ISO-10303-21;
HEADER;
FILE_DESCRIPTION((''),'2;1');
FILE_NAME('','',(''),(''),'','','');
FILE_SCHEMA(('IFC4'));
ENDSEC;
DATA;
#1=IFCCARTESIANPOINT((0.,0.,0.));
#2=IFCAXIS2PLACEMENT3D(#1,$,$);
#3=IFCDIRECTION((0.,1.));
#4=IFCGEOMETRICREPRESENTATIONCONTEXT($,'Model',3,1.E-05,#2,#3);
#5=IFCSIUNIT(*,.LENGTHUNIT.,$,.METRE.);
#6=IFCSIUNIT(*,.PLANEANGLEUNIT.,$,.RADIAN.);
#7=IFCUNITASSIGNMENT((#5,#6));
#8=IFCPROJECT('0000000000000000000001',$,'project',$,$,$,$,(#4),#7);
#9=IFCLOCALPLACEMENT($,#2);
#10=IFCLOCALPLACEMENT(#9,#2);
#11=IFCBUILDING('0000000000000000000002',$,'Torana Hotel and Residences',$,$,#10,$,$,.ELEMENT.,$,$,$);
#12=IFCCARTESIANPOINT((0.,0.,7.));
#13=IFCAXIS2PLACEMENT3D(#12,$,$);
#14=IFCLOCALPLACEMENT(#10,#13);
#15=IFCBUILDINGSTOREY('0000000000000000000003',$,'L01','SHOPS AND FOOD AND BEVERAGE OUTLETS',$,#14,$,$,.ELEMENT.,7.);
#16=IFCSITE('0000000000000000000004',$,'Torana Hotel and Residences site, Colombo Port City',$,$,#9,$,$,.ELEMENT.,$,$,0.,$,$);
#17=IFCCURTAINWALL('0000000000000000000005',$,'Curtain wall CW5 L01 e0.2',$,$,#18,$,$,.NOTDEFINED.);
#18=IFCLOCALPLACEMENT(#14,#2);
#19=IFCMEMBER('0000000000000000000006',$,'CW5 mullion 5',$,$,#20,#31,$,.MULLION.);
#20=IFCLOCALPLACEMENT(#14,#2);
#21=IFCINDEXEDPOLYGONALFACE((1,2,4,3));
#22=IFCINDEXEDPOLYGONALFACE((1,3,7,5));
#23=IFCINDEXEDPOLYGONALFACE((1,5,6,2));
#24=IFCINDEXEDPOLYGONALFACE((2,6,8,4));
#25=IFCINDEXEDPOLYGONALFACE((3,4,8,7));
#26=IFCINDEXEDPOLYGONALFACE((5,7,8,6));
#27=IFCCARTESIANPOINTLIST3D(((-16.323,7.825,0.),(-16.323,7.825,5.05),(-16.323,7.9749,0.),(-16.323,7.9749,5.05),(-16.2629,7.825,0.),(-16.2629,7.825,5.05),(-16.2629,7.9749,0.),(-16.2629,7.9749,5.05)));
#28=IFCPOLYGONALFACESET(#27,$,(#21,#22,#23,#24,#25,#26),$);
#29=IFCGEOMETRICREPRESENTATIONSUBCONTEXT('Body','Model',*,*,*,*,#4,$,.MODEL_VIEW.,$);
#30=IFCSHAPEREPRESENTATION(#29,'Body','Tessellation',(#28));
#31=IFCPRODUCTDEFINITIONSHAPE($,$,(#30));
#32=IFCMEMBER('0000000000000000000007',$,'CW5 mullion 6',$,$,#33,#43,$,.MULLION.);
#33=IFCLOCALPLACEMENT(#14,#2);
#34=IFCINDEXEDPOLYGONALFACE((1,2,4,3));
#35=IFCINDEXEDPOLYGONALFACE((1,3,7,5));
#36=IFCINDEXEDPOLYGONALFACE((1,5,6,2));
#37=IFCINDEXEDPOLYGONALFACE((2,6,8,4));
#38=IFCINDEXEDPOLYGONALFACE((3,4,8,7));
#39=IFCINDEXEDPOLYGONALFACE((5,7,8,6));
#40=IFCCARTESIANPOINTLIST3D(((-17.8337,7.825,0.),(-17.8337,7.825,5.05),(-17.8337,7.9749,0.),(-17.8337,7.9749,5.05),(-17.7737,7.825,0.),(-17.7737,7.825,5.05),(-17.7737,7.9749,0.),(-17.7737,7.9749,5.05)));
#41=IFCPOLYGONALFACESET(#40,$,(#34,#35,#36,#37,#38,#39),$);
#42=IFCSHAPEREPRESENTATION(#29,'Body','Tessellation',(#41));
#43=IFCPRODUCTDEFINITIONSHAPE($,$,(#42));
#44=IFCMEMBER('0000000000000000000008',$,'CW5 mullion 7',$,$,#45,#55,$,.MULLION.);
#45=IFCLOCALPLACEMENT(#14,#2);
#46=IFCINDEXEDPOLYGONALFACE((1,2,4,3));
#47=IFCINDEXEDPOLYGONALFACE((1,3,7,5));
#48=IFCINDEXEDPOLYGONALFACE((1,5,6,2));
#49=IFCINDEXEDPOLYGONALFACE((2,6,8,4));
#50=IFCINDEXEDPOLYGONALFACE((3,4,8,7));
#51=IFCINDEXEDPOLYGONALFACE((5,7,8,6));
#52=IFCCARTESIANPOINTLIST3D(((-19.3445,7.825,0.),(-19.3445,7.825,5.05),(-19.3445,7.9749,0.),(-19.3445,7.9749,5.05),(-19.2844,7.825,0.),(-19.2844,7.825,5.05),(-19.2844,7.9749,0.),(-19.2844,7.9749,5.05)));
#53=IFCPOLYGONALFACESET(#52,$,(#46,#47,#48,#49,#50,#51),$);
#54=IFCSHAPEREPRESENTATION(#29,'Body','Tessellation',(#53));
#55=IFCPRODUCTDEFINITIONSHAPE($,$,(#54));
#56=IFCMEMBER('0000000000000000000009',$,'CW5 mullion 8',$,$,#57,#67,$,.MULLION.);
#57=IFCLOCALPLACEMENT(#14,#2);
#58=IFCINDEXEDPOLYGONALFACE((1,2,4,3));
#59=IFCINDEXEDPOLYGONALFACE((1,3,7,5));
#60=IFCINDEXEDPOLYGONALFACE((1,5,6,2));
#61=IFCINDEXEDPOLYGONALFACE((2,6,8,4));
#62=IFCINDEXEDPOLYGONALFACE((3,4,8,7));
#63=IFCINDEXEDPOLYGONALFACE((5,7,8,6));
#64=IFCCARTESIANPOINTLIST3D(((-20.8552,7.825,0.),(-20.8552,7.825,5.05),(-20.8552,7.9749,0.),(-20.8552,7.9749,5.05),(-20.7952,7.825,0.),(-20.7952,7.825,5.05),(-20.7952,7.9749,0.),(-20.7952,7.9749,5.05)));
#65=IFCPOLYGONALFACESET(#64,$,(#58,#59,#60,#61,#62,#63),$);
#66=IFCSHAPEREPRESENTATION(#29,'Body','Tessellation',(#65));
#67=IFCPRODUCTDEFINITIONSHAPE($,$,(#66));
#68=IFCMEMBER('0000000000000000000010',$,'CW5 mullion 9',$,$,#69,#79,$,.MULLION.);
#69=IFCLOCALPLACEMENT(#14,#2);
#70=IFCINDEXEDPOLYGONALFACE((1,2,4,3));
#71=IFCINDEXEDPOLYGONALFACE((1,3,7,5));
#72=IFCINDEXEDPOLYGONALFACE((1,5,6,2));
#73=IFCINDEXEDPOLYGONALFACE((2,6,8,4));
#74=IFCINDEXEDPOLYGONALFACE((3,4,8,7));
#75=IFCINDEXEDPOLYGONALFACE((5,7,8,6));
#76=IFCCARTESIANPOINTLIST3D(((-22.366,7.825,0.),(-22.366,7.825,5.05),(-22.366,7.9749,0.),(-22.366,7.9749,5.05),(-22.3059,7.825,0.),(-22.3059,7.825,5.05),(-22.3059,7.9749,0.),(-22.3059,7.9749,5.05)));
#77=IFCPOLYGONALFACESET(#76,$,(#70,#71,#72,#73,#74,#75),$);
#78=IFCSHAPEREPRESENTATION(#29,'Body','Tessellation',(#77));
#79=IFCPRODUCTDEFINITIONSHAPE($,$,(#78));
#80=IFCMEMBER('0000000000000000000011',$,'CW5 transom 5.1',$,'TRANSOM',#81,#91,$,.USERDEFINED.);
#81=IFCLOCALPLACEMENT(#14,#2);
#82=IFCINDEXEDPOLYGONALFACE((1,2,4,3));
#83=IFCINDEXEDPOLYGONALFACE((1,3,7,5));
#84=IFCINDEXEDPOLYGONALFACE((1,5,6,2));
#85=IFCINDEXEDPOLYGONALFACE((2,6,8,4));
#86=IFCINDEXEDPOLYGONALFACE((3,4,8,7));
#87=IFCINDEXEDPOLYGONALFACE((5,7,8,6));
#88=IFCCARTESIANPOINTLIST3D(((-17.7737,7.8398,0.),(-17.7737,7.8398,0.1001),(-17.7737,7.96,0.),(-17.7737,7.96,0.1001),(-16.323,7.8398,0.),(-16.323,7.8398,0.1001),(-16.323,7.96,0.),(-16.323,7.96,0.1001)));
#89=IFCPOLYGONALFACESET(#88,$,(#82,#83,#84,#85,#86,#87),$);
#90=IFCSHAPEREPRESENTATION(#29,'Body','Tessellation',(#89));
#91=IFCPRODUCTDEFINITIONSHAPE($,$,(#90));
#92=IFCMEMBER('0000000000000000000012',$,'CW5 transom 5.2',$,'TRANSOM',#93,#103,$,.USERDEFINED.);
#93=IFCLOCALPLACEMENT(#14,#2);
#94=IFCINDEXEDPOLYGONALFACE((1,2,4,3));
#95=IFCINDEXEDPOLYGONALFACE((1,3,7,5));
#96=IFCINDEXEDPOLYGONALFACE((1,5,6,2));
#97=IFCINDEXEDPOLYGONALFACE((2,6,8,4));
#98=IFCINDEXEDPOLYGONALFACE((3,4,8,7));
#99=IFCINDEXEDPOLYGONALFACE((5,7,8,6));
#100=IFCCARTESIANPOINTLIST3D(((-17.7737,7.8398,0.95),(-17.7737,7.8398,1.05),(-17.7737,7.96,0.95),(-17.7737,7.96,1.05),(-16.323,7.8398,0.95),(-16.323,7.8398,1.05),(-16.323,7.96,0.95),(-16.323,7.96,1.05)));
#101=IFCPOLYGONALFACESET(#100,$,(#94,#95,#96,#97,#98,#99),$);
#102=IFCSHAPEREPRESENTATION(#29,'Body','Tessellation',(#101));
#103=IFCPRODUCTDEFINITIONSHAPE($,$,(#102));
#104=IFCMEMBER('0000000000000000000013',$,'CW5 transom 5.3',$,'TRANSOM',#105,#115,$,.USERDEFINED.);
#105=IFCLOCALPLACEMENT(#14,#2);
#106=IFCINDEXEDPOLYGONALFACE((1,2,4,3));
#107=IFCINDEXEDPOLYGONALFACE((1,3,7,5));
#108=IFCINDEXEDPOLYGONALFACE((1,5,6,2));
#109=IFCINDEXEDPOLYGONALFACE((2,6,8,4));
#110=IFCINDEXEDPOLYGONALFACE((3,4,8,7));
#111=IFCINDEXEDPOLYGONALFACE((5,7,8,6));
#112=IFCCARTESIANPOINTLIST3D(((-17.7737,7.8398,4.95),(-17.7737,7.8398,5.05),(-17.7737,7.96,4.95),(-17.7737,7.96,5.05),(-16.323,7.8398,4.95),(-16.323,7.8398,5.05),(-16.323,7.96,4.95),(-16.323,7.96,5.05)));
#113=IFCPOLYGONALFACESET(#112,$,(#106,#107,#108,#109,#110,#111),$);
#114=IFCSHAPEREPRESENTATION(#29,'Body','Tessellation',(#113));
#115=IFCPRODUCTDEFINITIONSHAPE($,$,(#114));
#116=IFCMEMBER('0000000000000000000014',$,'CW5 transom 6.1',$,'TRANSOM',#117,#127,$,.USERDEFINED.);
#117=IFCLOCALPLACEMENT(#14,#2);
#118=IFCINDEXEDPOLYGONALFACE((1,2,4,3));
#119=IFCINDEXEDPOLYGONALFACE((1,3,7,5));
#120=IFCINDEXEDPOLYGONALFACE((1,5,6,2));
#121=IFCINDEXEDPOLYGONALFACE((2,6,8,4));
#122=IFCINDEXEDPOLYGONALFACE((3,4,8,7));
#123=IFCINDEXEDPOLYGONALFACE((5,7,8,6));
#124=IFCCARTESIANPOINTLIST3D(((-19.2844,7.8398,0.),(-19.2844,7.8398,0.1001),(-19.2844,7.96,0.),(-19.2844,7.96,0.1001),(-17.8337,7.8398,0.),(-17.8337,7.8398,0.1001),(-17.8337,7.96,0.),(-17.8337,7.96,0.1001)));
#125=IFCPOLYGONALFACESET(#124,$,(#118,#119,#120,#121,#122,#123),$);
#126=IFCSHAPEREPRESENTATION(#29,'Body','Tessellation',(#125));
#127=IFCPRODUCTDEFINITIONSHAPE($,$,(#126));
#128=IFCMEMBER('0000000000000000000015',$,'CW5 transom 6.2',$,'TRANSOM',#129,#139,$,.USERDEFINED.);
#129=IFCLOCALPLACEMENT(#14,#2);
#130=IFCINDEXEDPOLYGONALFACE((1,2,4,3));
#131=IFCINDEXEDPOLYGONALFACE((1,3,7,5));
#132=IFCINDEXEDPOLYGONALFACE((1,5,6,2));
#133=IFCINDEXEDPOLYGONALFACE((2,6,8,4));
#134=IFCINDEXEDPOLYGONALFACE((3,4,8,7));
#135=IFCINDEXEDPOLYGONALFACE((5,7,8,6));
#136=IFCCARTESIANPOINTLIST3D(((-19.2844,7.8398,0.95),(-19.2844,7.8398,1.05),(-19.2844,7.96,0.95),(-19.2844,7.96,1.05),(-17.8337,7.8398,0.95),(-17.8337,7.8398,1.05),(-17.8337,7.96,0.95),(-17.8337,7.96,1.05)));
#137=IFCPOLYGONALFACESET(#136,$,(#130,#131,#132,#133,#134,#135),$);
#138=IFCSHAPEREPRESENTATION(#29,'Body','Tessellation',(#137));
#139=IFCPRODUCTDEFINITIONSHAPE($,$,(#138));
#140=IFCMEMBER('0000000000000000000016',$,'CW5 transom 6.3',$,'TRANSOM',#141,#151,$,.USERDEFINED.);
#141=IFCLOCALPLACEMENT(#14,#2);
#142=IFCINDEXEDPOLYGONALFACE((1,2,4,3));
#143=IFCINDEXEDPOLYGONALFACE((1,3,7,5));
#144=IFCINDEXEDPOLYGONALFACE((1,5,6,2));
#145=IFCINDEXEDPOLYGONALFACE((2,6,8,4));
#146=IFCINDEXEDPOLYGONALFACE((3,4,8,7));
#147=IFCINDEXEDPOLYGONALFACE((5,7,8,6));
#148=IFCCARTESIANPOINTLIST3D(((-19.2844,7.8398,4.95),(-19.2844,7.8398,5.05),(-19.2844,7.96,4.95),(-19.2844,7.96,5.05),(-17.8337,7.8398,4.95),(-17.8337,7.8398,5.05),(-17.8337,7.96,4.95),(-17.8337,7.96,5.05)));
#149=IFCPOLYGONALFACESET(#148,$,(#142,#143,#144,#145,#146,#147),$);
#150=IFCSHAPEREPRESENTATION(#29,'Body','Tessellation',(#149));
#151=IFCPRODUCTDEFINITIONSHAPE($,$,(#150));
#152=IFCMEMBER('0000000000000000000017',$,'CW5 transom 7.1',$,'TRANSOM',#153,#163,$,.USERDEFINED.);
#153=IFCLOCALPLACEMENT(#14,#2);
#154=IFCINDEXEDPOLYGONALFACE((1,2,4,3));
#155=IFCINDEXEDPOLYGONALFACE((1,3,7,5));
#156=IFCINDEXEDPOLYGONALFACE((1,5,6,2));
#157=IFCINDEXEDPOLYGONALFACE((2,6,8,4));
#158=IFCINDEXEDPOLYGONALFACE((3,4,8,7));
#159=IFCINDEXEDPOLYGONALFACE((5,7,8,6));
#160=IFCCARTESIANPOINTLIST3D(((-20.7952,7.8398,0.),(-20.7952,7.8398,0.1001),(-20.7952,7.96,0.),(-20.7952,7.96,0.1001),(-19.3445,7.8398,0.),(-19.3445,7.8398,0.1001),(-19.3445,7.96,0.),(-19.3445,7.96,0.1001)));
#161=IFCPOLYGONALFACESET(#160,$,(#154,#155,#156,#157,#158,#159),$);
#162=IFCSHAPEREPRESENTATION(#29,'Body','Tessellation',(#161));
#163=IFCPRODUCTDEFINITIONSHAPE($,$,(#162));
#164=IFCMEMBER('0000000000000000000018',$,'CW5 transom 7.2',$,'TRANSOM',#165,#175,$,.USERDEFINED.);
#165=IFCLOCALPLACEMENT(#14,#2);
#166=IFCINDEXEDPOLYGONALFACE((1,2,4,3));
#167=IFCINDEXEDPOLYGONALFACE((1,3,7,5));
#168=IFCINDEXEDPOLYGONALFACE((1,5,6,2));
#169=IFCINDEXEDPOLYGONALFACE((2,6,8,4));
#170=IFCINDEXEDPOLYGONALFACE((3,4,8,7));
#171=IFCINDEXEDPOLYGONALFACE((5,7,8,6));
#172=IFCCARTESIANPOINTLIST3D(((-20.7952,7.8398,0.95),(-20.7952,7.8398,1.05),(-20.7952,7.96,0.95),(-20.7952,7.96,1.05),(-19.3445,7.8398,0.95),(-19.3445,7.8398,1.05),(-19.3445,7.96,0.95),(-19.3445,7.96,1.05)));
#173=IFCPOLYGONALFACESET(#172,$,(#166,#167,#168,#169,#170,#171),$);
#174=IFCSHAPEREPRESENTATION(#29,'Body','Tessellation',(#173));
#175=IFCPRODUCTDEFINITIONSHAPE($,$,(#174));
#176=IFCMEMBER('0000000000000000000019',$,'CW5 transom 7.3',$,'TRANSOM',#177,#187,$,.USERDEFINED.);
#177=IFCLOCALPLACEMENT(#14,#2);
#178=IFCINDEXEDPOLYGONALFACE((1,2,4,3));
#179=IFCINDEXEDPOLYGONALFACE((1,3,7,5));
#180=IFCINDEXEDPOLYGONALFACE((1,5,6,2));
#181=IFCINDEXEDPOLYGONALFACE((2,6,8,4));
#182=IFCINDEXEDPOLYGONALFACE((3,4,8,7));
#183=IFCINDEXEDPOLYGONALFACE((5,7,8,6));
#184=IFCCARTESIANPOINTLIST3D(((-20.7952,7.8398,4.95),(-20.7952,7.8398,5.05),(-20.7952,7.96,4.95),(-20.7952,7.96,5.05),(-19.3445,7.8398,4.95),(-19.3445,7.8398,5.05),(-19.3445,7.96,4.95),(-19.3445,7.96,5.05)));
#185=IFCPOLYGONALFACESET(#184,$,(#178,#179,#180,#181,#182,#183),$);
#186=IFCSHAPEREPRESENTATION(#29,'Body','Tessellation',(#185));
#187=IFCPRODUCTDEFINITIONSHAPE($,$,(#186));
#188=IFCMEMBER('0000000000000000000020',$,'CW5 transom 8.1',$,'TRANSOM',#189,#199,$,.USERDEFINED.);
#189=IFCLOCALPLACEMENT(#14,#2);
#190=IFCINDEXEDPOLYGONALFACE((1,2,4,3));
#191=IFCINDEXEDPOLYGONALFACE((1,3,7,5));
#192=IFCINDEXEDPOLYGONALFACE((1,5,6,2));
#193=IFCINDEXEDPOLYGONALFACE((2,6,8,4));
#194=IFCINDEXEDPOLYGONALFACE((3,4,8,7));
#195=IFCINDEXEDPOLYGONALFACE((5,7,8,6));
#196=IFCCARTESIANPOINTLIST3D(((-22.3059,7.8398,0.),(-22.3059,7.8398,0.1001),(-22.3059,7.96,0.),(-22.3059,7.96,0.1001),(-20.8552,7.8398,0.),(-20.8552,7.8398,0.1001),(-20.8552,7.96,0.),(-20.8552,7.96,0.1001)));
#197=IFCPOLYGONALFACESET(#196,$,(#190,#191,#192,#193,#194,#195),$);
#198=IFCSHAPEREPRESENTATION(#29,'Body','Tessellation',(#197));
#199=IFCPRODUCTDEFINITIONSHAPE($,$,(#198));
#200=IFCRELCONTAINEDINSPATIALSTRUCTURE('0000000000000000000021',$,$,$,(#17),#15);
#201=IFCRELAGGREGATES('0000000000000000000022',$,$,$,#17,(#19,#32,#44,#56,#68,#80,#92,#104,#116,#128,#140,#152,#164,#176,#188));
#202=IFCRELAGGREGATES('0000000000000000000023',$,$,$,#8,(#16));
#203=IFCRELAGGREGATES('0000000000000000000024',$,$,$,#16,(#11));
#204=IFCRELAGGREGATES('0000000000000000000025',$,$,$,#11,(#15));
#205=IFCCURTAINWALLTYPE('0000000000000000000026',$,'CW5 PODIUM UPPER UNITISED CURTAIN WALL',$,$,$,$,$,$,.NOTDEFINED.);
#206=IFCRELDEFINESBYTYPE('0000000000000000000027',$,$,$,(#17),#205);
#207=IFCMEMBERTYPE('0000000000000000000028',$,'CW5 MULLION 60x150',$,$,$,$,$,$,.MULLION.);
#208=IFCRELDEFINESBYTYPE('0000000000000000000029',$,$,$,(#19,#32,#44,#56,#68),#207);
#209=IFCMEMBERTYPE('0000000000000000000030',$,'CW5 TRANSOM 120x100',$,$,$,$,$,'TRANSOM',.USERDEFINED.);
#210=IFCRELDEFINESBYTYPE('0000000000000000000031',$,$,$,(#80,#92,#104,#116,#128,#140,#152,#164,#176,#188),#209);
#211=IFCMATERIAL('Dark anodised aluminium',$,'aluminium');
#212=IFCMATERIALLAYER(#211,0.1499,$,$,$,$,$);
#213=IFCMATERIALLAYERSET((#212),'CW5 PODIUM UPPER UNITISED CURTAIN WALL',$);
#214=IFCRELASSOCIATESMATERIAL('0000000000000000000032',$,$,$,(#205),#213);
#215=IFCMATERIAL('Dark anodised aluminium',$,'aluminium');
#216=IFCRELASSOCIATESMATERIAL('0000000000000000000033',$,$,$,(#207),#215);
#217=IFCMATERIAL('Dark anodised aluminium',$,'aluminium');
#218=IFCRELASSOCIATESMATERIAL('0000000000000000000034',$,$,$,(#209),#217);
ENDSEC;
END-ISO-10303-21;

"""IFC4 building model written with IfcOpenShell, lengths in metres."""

from ifc_helpers import new_model, si_unit, direction, frame, origin, origin_2d, place, context, subcontext, project, spatial, rectangle, extrude, material, layer, layer_set, material_profile, profile_set, type_object, element, aggregate, save


model = new_model("IFC4")

# Units and contexts
model_context = context("Model", 3, precision=1e-05, world=origin(), true_north=direction((0.0, 1.0)))
body_context = subcontext(model_context, "Body", "Model", "MODEL_VIEW")
ifc_project = project(units=[si_unit("LENGTHUNIT", "METRE"), si_unit("PLANEANGLEUNIT", "RADIAN")], contexts=[model_context])

# Site, building, storey
site_placement = place(None, origin())
site = spatial("IfcSite", under=ifc_project, at=site_placement, Name="Torana Hotel and Residences site, Colombo Port City", CompositionType="ELEMENT", RefElevation=0.0)
building_placement = place(site_placement, origin())
building = spatial("IfcBuilding", under=site, at=building_placement, Name="Torana Hotel and Residences", CompositionType="ELEMENT")
storey_placement = place(building_placement, frame((0.0, 0.0, 7.0)))
storey = spatial("IfcBuildingStorey", under=building, at=storey_placement, Name="L01", Description="SHOPS AND FOOD AND BEVERAGE OUTLETS", CompositionType="ELEMENT", Elevation=7.0)

# Curtain wall, members
ifc_material_1 = material(Name="Dark anodised aluminium", Category="aluminium")
ifc_layer_1 = layer(ifc_material_1, 0.1499)
ifc_layer_set_1 = layer_set([ifc_layer_1], Name="CW5 PODIUM UPPER UNITISED CURTAIN WALL")
curtain_wall_type = type_object("IfcCurtainWallType", Name="CW5 PODIUM UPPER UNITISED CURTAIN WALL", PredefinedType="NOTDEFINED", material=ifc_layer_set_1)
curtain_wall_placement = place(storey_placement, origin())
curtain_wall = element("IfcCurtainWall", 1, at=curtain_wall_placement, inside=storey, type_object=curtain_wall_type, Name="Curtain wall CW5 L01 e0.2", PredefinedType="NOTDEFINED")
ifc_material_2 = material(Name="Dark anodised aluminium", Category="aluminium")
ifc_material_profile_1 = material_profile(ifc_material_2, rectangle(XDim=0.1499, YDim=0.0601, at=origin_2d()), Name="CW5 MULLION 60x150")
ifc_profile_set_1 = profile_set([ifc_material_profile_1], Name="Dark anodised aluminium")
member_type_1 = type_object("IfcMemberType", Name="CW5 MULLION 60x150", PredefinedType="MULLION", material=ifc_profile_set_1)
member_1_placement = place(storey_placement, frame((-16.293, 7.8999, 0.0), z_axis=(0.0, 0.0, 1.0), x_axis=(0.0, -1.0, 0.0)))
member_1 = element("IfcMember", 2, at=member_1_placement, type_object=member_type_1, Name="CW5 mullion 5", PredefinedType="MULLION", context=body_context, shape_type="SweptSolid", body=[
    extrude(rectangle(XDim=0.1499, YDim=0.0601, at=origin_2d()), origin(), (0.0, 0.0, 1.0), 5.05),
])
member_2_placement = place(storey_placement, frame((-17.8037, 7.8999, 0.0), z_axis=(0.0, 0.0, 1.0), x_axis=(0.0, -1.0, 0.0)))
member_2 = element("IfcMember", 3, at=member_2_placement, type_object=member_type_1, Name="CW5 mullion 6", PredefinedType="MULLION", context=body_context, shape_type="SweptSolid", body=[
    extrude(rectangle(XDim=0.1499, YDim=0.0601, at=origin_2d()), origin(), (0.0, 0.0, 1.0), 5.05),
])
member_3_placement = place(storey_placement, frame((-19.3145, 7.8999, 0.0), z_axis=(0.0, 0.0, 1.0), x_axis=(0.0, -1.0, 0.0)))
member_3 = element("IfcMember", 4, at=member_3_placement, type_object=member_type_1, Name="CW5 mullion 7", PredefinedType="MULLION", context=body_context, shape_type="SweptSolid", body=[
    extrude(rectangle(XDim=0.1499, YDim=0.0601, at=origin_2d()), origin(), (0.0, 0.0, 1.0), 5.05),
])
member_4_placement = place(storey_placement, frame((-20.8252, 7.8999, 0.0), z_axis=(0.0, 0.0, 1.0), x_axis=(0.0, -1.0, 0.0)))
member_4 = element("IfcMember", 5, at=member_4_placement, type_object=member_type_1, Name="CW5 mullion 8", PredefinedType="MULLION", context=body_context, shape_type="SweptSolid", body=[
    extrude(rectangle(XDim=0.1499, YDim=0.0601, at=origin_2d()), origin(), (0.0, 0.0, 1.0), 5.05),
])
member_5_placement = place(storey_placement, frame((-22.3359, 7.8999, 0.0), z_axis=(0.0, 0.0, 1.0), x_axis=(0.0, -1.0, 0.0)))
member_5 = element("IfcMember", 6, at=member_5_placement, type_object=member_type_1, Name="CW5 mullion 9", PredefinedType="MULLION", context=body_context, shape_type="SweptSolid", body=[
    extrude(rectangle(XDim=0.1499, YDim=0.0601, at=origin_2d()), origin(), (0.0, 0.0, 1.0), 5.05),
])
ifc_material_3 = material(Name="Dark anodised aluminium", Category="aluminium")
ifc_material_profile_2 = material_profile(ifc_material_3, rectangle(XDim=0.1201, YDim=0.1001, at=origin_2d()), Name="CW5 TRANSOM 120x100")
ifc_profile_set_2 = profile_set([ifc_material_profile_2], Name="Dark anodised aluminium")
member_type_2 = type_object("IfcMemberType", Name="CW5 TRANSOM 120x100", ElementType="TRANSOM", PredefinedType="USERDEFINED", material=ifc_profile_set_2)
member_6_placement = place(storey_placement, frame((-16.323, 7.8999, 0.05), z_axis=(-1.0, 0.0, 0.0), x_axis=(0.0, -1.0, 0.0)))
member_6 = element("IfcMember", 7, at=member_6_placement, type_object=member_type_2, Name="CW5 transom 5.1", ObjectType="TRANSOM", PredefinedType="USERDEFINED", context=body_context, shape_type="SweptSolid", body=[
    extrude(rectangle(XDim=0.1201, YDim=0.1001, at=origin_2d()), origin(), (0.0, 0.0, 1.0), 1.4507),
])
member_7_placement = place(storey_placement, frame((-16.323, 7.8999, 1.0), z_axis=(-1.0, 0.0, 0.0), x_axis=(0.0, -1.0, 0.0)))
member_7 = element("IfcMember", 8, at=member_7_placement, type_object=member_type_2, Name="CW5 transom 5.2", ObjectType="TRANSOM", PredefinedType="USERDEFINED", context=body_context, shape_type="SweptSolid", body=[
    extrude(rectangle(XDim=0.1201, YDim=0.1001, at=origin_2d()), origin(), (0.0, 0.0, 1.0), 1.4507),
])
member_8_placement = place(storey_placement, frame((-16.323, 7.8999, 5.0), z_axis=(-1.0, 0.0, 0.0), x_axis=(0.0, -1.0, 0.0)))
member_8 = element("IfcMember", 9, at=member_8_placement, type_object=member_type_2, Name="CW5 transom 5.3", ObjectType="TRANSOM", PredefinedType="USERDEFINED", context=body_context, shape_type="SweptSolid", body=[
    extrude(rectangle(XDim=0.1201, YDim=0.1001, at=origin_2d()), origin(), (0.0, 0.0, 1.0), 1.4507),
])
member_9_placement = place(storey_placement, frame((-17.8337, 7.8999, 0.05), z_axis=(-1.0, 0.0, 0.0), x_axis=(0.0, -1.0, 0.0)))
member_9 = element("IfcMember", 10, at=member_9_placement, type_object=member_type_2, Name="CW5 transom 6.1", ObjectType="TRANSOM", PredefinedType="USERDEFINED", context=body_context, shape_type="SweptSolid", body=[
    extrude(rectangle(XDim=0.1201, YDim=0.1001, at=origin_2d()), origin(), (0.0, 0.0, 1.0), 1.4507),
])
member_10_placement = place(storey_placement, frame((-17.8337, 7.8999, 1.0), z_axis=(-1.0, 0.0, 0.0), x_axis=(0.0, -1.0, 0.0)))
member_10 = element("IfcMember", 11, at=member_10_placement, type_object=member_type_2, Name="CW5 transom 6.2", ObjectType="TRANSOM", PredefinedType="USERDEFINED", context=body_context, shape_type="SweptSolid", body=[
    extrude(rectangle(XDim=0.1201, YDim=0.1001, at=origin_2d()), origin(), (0.0, 0.0, 1.0), 1.4507),
])
member_11_placement = place(storey_placement, frame((-17.8337, 7.8999, 5.0), z_axis=(-1.0, 0.0, 0.0), x_axis=(0.0, -1.0, 0.0)))
member_11 = element("IfcMember", 12, at=member_11_placement, type_object=member_type_2, Name="CW5 transom 6.3", ObjectType="TRANSOM", PredefinedType="USERDEFINED", context=body_context, shape_type="SweptSolid", body=[
    extrude(rectangle(XDim=0.1201, YDim=0.1001, at=origin_2d()), origin(), (0.0, 0.0, 1.0), 1.4507),
])
member_12_placement = place(storey_placement, frame((-19.3445, 7.8999, 0.05), z_axis=(-1.0, 0.0, 0.0), x_axis=(0.0, -1.0, 0.0)))
member_12 = element("IfcMember", 13, at=member_12_placement, type_object=member_type_2, Name="CW5 transom 7.1", ObjectType="TRANSOM", PredefinedType="USERDEFINED", context=body_context, shape_type="SweptSolid", body=[
    extrude(rectangle(XDim=0.1201, YDim=0.1001, at=origin_2d()), origin(), (0.0, 0.0, 1.0), 1.4507),
])
member_13_placement = place(storey_placement, frame((-19.3445, 7.8999, 1.0), z_axis=(-1.0, 0.0, 0.0), x_axis=(0.0, -1.0, 0.0)))
member_13 = element("IfcMember", 14, at=member_13_placement, type_object=member_type_2, Name="CW5 transom 7.2", ObjectType="TRANSOM", PredefinedType="USERDEFINED", context=body_context, shape_type="SweptSolid", body=[
    extrude(rectangle(XDim=0.1201, YDim=0.1001, at=origin_2d()), origin(), (0.0, 0.0, 1.0), 1.4507),
])
member_14_placement = place(storey_placement, frame((-19.3445, 7.8999, 5.0), z_axis=(-1.0, 0.0, 0.0), x_axis=(0.0, -1.0, 0.0)))
member_14 = element("IfcMember", 15, at=member_14_placement, type_object=member_type_2, Name="CW5 transom 7.3", ObjectType="TRANSOM", PredefinedType="USERDEFINED", context=body_context, shape_type="SweptSolid", body=[
    extrude(rectangle(XDim=0.1201, YDim=0.1001, at=origin_2d()), origin(), (0.0, 0.0, 1.0), 1.4507),
])
member_15_placement = place(storey_placement, frame((-20.8552, 7.8999, 0.05), z_axis=(-1.0, 0.0, 0.0), x_axis=(0.0, -1.0, 0.0)))
member_15 = element("IfcMember", 16, at=member_15_placement, type_object=member_type_2, Name="CW5 transom 8.1", ObjectType="TRANSOM", PredefinedType="USERDEFINED", context=body_context, shape_type="SweptSolid", body=[
    extrude(rectangle(XDim=0.1201, YDim=0.1001, at=origin_2d()), origin(), (0.0, 0.0, 1.0), 1.4507),
])
aggregate(curtain_wall, [member_1, member_2, member_3, member_4, member_5, member_6, member_7, member_8, member_9, member_10, member_11, member_12, member_13, member_14, member_15])

save(model, "model.ifc")
